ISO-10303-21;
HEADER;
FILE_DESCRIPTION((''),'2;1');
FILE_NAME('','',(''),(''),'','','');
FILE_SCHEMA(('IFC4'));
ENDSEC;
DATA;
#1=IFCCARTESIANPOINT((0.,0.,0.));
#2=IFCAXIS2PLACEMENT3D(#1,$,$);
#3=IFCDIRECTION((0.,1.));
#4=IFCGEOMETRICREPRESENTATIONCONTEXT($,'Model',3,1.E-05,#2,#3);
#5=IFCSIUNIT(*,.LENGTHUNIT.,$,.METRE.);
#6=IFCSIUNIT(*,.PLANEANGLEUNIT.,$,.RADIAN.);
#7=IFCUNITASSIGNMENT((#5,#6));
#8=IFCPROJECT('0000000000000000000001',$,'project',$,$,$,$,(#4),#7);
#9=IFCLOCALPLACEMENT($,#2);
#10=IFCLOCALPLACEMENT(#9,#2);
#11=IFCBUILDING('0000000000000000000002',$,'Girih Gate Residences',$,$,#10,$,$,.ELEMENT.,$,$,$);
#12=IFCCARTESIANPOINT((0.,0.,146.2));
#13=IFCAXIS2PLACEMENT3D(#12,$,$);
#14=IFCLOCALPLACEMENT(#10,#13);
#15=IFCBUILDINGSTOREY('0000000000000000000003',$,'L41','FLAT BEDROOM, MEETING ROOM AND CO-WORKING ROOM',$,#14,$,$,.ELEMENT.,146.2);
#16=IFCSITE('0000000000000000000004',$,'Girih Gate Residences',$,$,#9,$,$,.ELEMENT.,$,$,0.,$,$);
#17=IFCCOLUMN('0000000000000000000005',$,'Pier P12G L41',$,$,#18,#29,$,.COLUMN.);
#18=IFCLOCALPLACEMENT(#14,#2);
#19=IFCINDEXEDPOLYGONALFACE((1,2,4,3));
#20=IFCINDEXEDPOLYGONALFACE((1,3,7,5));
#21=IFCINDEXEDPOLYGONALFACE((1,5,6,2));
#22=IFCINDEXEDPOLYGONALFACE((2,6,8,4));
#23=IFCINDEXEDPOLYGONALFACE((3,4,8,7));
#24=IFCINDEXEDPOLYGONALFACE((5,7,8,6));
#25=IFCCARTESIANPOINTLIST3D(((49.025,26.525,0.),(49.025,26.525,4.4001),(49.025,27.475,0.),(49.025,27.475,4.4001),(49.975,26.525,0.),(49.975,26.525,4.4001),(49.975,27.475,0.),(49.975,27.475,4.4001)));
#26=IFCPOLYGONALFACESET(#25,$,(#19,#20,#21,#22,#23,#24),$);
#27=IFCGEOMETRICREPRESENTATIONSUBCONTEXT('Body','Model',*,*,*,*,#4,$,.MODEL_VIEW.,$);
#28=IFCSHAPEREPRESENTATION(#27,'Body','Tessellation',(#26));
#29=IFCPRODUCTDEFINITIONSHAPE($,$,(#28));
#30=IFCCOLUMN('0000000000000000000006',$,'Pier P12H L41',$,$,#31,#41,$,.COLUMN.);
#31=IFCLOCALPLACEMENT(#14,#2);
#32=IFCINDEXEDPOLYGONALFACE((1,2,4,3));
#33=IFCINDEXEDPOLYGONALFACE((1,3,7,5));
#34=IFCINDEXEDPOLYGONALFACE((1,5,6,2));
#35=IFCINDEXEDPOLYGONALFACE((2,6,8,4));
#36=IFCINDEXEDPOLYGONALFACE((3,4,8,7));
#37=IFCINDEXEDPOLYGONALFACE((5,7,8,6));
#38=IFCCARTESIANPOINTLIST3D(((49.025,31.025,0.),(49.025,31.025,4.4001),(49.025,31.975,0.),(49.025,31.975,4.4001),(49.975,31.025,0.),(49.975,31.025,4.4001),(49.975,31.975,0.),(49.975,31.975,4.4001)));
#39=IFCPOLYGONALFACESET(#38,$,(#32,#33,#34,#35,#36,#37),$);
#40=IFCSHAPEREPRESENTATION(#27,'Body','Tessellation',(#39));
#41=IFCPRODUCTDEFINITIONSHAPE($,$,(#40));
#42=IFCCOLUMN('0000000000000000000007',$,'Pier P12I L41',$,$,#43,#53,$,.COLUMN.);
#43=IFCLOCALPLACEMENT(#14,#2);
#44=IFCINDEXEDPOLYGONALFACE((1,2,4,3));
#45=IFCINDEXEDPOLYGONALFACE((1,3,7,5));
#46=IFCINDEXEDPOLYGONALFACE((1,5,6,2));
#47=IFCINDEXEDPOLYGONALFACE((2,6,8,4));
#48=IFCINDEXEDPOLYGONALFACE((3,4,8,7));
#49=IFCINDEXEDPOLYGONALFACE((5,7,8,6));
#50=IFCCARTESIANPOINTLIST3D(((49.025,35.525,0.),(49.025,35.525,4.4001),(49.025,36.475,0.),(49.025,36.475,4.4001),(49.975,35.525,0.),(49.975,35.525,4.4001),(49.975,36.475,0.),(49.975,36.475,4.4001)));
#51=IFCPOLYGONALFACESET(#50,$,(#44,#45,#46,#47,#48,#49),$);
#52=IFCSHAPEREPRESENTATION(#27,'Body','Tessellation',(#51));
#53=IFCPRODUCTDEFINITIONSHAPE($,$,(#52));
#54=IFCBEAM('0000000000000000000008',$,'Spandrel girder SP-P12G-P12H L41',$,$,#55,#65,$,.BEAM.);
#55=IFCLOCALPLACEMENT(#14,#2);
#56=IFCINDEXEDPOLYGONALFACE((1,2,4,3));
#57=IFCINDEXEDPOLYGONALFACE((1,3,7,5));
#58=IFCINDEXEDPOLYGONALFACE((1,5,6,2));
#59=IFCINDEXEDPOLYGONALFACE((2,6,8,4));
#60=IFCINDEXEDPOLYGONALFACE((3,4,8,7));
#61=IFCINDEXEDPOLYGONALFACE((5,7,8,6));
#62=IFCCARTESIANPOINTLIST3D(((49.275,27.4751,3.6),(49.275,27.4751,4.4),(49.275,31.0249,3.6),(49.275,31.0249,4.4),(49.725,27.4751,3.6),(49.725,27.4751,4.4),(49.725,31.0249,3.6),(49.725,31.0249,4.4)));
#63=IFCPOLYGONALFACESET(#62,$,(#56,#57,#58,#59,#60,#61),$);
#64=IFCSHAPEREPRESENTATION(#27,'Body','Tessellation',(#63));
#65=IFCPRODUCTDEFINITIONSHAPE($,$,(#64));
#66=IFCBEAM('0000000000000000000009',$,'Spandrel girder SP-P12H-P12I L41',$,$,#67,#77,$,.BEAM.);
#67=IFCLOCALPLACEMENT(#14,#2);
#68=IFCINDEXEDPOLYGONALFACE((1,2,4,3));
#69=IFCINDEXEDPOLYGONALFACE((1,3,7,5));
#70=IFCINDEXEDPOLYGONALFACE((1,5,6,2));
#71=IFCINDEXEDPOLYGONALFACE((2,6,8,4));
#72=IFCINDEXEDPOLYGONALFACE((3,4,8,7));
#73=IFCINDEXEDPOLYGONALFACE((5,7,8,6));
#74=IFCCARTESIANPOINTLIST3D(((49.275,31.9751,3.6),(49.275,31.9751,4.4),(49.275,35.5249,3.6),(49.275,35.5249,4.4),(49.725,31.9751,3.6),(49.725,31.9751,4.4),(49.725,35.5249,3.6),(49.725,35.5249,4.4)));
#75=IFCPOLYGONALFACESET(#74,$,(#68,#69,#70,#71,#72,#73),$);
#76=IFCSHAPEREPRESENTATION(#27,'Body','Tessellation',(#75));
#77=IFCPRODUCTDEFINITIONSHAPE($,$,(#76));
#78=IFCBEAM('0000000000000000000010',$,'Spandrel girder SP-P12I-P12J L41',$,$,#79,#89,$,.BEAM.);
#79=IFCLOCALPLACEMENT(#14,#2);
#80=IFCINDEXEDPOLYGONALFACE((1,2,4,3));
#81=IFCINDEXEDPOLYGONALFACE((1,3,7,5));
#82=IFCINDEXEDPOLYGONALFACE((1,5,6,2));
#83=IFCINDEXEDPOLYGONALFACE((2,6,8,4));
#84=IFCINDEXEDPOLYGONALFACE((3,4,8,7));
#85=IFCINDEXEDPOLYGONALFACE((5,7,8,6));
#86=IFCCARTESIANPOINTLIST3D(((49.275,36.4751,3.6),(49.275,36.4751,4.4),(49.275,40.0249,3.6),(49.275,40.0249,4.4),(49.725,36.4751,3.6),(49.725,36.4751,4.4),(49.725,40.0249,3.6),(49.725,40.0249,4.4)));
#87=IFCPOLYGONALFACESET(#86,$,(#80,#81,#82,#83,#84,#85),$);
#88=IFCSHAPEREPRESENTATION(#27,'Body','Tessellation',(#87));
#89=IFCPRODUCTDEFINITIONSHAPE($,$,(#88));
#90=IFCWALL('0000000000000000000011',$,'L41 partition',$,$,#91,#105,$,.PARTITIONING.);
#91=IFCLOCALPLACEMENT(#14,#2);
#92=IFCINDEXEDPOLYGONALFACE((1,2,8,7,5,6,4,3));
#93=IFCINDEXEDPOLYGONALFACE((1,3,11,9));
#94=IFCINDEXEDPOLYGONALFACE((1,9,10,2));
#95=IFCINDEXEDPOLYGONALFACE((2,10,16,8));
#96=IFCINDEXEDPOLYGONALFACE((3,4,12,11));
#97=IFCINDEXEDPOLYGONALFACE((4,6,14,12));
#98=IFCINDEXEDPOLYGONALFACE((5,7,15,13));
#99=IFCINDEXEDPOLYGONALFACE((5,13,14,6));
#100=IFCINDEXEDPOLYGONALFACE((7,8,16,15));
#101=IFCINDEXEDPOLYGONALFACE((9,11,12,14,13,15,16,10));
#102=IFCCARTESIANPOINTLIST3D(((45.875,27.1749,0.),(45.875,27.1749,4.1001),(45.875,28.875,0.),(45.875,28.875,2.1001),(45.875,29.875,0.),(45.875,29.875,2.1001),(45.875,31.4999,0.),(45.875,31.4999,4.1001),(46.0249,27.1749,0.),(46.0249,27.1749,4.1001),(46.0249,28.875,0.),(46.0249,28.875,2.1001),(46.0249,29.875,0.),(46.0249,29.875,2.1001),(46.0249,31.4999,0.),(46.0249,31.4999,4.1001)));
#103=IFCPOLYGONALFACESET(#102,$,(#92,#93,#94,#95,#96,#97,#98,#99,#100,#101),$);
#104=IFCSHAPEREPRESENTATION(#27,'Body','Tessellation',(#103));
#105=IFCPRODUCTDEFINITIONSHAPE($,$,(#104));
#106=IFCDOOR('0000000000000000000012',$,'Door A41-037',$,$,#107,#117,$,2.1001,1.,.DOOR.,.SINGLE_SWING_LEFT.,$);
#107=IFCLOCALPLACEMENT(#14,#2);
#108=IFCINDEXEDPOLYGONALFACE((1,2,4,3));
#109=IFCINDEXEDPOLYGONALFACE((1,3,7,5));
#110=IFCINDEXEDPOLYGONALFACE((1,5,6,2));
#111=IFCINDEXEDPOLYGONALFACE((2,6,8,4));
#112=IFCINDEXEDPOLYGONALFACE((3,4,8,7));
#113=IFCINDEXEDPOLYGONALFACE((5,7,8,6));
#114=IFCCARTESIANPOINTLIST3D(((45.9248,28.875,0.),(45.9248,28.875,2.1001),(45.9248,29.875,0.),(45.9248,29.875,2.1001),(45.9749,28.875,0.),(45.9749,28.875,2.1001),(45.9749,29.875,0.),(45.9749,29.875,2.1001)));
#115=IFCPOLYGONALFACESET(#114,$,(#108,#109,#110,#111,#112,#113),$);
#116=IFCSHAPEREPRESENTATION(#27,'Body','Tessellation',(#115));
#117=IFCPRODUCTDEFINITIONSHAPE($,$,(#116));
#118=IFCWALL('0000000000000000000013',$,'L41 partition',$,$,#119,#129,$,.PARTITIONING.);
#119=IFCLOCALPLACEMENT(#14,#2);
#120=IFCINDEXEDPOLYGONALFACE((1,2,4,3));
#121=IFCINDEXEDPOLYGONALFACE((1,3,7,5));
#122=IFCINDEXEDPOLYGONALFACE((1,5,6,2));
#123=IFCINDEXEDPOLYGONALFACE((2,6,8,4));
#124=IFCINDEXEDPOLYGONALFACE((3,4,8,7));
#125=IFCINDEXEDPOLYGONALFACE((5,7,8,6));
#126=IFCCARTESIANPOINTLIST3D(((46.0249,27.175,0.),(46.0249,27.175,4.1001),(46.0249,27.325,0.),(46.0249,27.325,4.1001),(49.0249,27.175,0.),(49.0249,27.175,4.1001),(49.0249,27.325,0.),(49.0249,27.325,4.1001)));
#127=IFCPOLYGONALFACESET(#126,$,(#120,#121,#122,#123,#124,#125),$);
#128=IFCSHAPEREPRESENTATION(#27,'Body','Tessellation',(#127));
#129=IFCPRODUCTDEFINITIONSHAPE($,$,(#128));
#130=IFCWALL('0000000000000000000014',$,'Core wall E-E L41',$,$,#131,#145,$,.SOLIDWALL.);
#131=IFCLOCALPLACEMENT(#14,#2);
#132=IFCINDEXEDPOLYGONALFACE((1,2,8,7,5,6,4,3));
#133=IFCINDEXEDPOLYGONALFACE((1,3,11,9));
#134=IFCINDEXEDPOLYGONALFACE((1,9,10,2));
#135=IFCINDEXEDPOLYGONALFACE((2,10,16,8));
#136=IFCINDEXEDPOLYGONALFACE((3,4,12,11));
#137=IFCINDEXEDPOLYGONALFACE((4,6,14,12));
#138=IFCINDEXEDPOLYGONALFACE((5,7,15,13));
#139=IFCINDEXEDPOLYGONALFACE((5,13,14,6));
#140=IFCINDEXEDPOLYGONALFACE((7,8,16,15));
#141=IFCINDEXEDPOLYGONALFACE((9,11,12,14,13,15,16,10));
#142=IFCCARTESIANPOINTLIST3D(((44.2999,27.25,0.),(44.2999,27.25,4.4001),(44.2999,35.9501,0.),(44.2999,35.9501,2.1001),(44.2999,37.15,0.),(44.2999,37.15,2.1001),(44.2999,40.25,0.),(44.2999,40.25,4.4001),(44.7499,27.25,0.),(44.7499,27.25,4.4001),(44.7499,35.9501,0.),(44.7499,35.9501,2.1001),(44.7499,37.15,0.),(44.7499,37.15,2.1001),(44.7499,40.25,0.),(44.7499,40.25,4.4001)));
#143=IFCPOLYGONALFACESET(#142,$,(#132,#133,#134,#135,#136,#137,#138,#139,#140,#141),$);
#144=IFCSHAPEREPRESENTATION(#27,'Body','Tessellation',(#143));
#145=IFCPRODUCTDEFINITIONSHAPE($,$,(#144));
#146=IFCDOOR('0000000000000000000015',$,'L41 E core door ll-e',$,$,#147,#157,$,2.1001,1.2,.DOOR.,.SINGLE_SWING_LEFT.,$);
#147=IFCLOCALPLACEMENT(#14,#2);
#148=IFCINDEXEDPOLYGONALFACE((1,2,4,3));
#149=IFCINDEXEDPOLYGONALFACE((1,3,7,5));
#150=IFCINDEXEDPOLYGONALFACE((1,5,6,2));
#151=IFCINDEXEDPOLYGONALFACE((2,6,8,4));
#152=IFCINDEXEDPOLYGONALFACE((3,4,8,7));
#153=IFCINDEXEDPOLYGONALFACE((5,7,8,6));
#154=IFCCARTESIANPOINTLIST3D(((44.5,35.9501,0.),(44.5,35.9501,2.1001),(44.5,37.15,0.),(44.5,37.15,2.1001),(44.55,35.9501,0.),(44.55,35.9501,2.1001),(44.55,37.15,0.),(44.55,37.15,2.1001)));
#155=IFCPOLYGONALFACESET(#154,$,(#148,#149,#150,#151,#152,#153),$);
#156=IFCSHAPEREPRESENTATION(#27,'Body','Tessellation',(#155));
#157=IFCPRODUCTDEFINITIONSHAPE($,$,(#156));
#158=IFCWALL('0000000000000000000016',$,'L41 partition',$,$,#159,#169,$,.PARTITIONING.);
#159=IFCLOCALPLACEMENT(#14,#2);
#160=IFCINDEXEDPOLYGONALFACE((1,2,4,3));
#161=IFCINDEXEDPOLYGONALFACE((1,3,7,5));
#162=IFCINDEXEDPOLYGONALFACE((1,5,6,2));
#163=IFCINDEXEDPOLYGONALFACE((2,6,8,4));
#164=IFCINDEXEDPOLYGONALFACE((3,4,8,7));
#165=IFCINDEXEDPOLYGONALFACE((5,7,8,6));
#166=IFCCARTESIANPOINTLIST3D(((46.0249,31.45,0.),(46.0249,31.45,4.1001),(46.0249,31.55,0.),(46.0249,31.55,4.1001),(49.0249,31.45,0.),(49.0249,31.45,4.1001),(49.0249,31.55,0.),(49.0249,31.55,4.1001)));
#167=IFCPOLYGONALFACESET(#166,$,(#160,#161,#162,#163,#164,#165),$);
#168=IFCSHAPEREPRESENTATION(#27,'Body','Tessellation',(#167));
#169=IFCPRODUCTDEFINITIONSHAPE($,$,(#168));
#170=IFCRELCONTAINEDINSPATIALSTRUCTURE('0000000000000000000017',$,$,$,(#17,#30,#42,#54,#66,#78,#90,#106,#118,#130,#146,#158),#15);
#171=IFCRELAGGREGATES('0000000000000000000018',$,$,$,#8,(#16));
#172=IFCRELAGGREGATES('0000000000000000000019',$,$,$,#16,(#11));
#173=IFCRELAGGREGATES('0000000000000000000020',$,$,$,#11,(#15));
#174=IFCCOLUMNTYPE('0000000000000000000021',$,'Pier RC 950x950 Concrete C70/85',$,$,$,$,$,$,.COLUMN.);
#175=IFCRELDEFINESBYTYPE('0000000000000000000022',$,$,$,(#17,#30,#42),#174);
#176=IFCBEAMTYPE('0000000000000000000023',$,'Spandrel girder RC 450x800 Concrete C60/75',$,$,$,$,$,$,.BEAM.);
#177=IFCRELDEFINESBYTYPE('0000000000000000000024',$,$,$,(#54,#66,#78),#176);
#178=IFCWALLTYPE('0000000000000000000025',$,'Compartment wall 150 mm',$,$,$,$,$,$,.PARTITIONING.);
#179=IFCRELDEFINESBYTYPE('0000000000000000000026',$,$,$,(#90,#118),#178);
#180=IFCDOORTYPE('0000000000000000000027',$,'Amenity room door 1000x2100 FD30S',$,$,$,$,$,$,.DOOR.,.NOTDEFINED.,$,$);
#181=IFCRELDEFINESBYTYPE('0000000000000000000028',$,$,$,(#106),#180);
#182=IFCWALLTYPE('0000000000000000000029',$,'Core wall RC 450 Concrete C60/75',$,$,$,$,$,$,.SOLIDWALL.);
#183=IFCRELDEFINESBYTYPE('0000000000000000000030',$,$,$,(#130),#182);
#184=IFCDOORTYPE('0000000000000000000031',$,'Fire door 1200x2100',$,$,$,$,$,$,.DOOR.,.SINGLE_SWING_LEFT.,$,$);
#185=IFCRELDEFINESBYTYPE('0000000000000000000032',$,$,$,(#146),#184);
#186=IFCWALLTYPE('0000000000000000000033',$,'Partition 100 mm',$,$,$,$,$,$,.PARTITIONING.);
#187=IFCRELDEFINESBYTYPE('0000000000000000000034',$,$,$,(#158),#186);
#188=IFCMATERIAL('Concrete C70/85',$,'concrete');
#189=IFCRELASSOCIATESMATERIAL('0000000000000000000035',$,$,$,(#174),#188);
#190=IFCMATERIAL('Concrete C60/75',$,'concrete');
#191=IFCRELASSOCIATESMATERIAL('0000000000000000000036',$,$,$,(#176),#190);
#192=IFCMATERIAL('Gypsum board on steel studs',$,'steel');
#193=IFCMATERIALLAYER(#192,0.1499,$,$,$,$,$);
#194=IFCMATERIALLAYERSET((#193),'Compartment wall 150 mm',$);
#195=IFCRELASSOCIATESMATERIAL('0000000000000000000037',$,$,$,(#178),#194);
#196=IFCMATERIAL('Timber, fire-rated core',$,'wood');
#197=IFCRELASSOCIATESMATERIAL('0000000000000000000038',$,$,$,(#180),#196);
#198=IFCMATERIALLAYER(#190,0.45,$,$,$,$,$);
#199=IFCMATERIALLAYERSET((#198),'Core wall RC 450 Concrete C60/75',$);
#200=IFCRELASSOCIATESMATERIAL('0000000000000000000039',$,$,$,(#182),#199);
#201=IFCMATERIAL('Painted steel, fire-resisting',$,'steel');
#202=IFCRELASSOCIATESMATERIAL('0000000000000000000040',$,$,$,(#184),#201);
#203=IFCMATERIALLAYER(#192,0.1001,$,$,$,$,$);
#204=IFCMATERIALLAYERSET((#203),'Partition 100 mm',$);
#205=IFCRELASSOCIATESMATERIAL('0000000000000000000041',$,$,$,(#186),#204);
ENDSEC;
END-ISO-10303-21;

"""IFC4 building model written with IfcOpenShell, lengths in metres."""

from ifc_helpers import new_model, si_unit, direction, frame, frame_2d, origin, origin_2d, place, context, subcontext, project, spatial, rectangle, extrude, material, layer, layer_set, material_profile, profile_set, type_object, element, fill, save


model = new_model("IFC4")

# Units and contexts
model_context = context("Model", 3, precision=1e-05, world=origin(), true_north=direction((0.0, 1.0)))
body_context = subcontext(model_context, "Body", "Model", "MODEL_VIEW")
ifc_project = project(units=[si_unit("LENGTHUNIT", "METRE"), si_unit("PLANEANGLEUNIT", "RADIAN")], contexts=[model_context])

# Site, building, storey
site_placement = place(None, origin())
site = spatial("IfcSite", under=ifc_project, at=site_placement, Name="Girih Gate Residences", CompositionType="ELEMENT", RefElevation=0.0)
building_placement = place(site_placement, origin())
building = spatial("IfcBuilding", under=site, at=building_placement, Name="Girih Gate Residences", CompositionType="ELEMENT")
storey_placement = place(building_placement, frame((0.0, 0.0, 146.2)))
storey = spatial("IfcBuildingStorey", under=building, at=storey_placement, Name="L41", Description="FLAT BEDROOM, MEETING ROOM AND CO-WORKING ROOM", CompositionType="ELEMENT", Elevation=146.2)

# Columns
ifc_material_1 = material(Name="Concrete C70/85", Category="concrete")
ifc_material_profile_1 = material_profile(ifc_material_1, rectangle(XDim=0.95, YDim=0.95, at=origin_2d()))
ifc_profile_set_1 = profile_set([ifc_material_profile_1], Name="Concrete C70/85")
column_type = type_object("IfcColumnType", Name="Pier RC 950x950 Concrete C70/85", PredefinedType="COLUMN", material=ifc_profile_set_1)
for number, where, z_axis, x_axis, name in (
    (1, (49.5, 27.0, 0.0), (0.0, 0.0, 1.0), (1.0, 0.0, 0.0), "Pier P12G L41"),
    (2, (49.5, 31.5, 0.0), (0.0, 0.0, 1.0), (1.0, 0.0, 0.0), "Pier P12H L41"),
    (3, (49.5, 36.0, 0.0), (0.0, 0.0, 1.0), (1.0, 0.0, 0.0), "Pier P12I L41"),
):
    element("IfcColumn", number, at=place(storey_placement, frame(where, z_axis=z_axis, x_axis=x_axis)), inside=storey, type_object=column_type, Name=name, PredefinedType="COLUMN", context=body_context, shape_type="SweptSolid", body=[
        extrude(rectangle(XDim=0.95, YDim=0.95, at=origin_2d()), origin(), (0.0, 0.0, 1.0), 4.4001),
    ])

# Beams
ifc_material_2 = material(Name="Concrete C60/75", Category="concrete")
ifc_material_profile_2 = material_profile(ifc_material_2, rectangle(XDim=0.45, YDim=0.8, at=origin_2d()))
ifc_profile_set_2 = profile_set([ifc_material_profile_2], Name="Concrete C60/75")
beam_type = type_object("IfcBeamType", Name="Spandrel girder RC 450x800 Concrete C60/75", PredefinedType="BEAM", material=ifc_profile_set_2)
for number, where, z_axis, x_axis, name in (
    (4, (49.5, 27.4751, 4.0), (0.0, 1.0, 0.0), (-1.0, 0.0, 0.0), "Spandrel girder SP-P12G-P12H L41"),
    (5, (49.5, 31.9751, 4.0), (0.0, 1.0, 0.0), (-1.0, 0.0, 0.0), "Spandrel girder SP-P12H-P12I L41"),
    (6, (49.5, 36.4751, 4.0), (0.0, 1.0, 0.0), (-1.0, 0.0, 0.0), "Spandrel girder SP-P12I-P12J L41"),
):
    element("IfcBeam", number, at=place(storey_placement, frame(where, z_axis=z_axis, x_axis=x_axis)), inside=storey, type_object=beam_type, Name=name, PredefinedType="BEAM", context=body_context, shape_type="SweptSolid", body=[
        extrude(rectangle(XDim=0.45, YDim=0.8, at=origin_2d()), origin(), (0.0, 0.0, 1.0), 3.5498),
    ])

# Wall, opening, door
ifc_material_3 = material(Name="Gypsum board on steel studs", Category="steel")
ifc_layer_1 = layer(ifc_material_3, 0.1499)
ifc_layer_set_1 = layer_set([ifc_layer_1], Name="Compartment wall 150 mm")
wall_type_1 = type_object("IfcWallType", Name="Compartment wall 150 mm", PredefinedType="PARTITIONING", material=ifc_layer_set_1)
wall_1_placement = place(storey_placement, frame((45.95, 31.5, 0.0), z_axis=(0.0, 0.0, 1.0), x_axis=(0.0, -1.0, 0.0)))
wall_1 = element("IfcWall", 7, at=wall_1_placement, inside=storey, type_object=wall_type_1, Name="L41 partition", PredefinedType="PARTITIONING", context=body_context, shape_type="SweptSolid", body=[
    extrude(rectangle(XDim=4.325, YDim=0.1499, at=frame_2d((2.1626, 0.0))), origin(), (0.0, 0.0, 1.0), 4.1001),
])
opening_1_placement = place(wall_1_placement, frame((1.625, 0.0, 0.0)))
opening_1 = element("IfcOpeningElement", 8, at=opening_1_placement, cuts=wall_1, PredefinedType="OPENING", context=body_context, shape_type="SweptSolid", body=[
    extrude(rectangle(XDim=1.0, YDim=2.1001, at=frame_2d((0.5, 1.05))), frame((0.0, 0.085, 0.0), z_axis=(0.0, -1.0, 0.0), x_axis=(1.0, 0.0, 0.0)), (0.0, 0.0, 1.0), 0.1699),
])
ifc_material_4 = material(Name="Timber, fire-rated core", Category="wood")
door_type_1 = type_object("IfcDoorType", Name="Amenity room door 1000x2100 FD30S", OperationType="NOTDEFINED", PredefinedType="DOOR", material=ifc_material_4)
door_1_placement = place(opening_1_placement, origin())
door_1 = element("IfcDoor", 9, at=door_1_placement, inside=storey, type_object=door_type_1, Name="Door A41-037", OperationType="SINGLE_SWING_LEFT", OverallHeight=2.1001, OverallWidth=1.0, PredefinedType="DOOR", context=body_context, shape_type="SweptSolid", body=[
    extrude(rectangle(XDim=1.0, YDim=2.1001, at=frame_2d((0.5, 1.05))), frame((0.0, 0.0249, 0.0), z_axis=(0.0, -1.0, 0.0), x_axis=(1.0, 0.0, 0.0)), (0.0, 0.0, 1.0), 0.05),
])
fill(opening_1, door_1)

# Wall
wall_2_placement = place(storey_placement, frame((46.0249, 27.25, 0.0), z_axis=(0.0, 0.0, 1.0), x_axis=(1.0, 0.0, 0.0)))
element("IfcWall", 10, at=wall_2_placement, inside=storey, type_object=wall_type_1, Name="L41 partition", PredefinedType="PARTITIONING", context=body_context, shape_type="SweptSolid", body=[
    extrude(rectangle(XDim=3.0, YDim=0.1499, at=frame_2d((1.5, 0.0))), origin(), (0.0, 0.0, 1.0), 4.1001),
])

# Wall, opening, door
ifc_layer_2 = layer(ifc_material_2, 0.45)
ifc_layer_set_2 = layer_set([ifc_layer_2], Name="Core wall RC 450 Concrete C60/75")
wall_type_2 = type_object("IfcWallType", Name="Core wall RC 450 Concrete C60/75", PredefinedType="SOLIDWALL", material=ifc_layer_set_2)
wall_3_placement = place(storey_placement, frame((44.5249, 27.25, 0.0), z_axis=(0.0, 0.0, 1.0), x_axis=(0.0, 1.0, 0.0)))
wall_3 = element("IfcWall", 11, at=wall_3_placement, inside=storey, type_object=wall_type_2, Name="Core wall E-E L41", PredefinedType="SOLIDWALL", context=body_context, shape_type="SweptSolid", body=[
    extrude(rectangle(XDim=13.0, YDim=0.45, at=frame_2d((6.5, 0.0))), origin(), (0.0, 0.0, 1.0), 4.4001),
])
opening_2_placement = place(wall_3_placement, frame((8.7, 0.0, 0.0)))
opening_2 = element("IfcOpeningElement", 12, at=opening_2_placement, cuts=wall_3, PredefinedType="OPENING", context=body_context, shape_type="SweptSolid", body=[
    extrude(rectangle(XDim=1.2, YDim=2.1001, at=frame_2d((0.6001, 1.05))), frame((0.0, 0.2349, 0.0), z_axis=(0.0, -1.0, 0.0), x_axis=(1.0, 0.0, 0.0)), (0.0, 0.0, 1.0), 0.47),
])
ifc_material_5 = material(Name="Painted steel, fire-resisting", Category="steel")
door_type_2 = type_object("IfcDoorType", Name="Fire door 1200x2100", OperationType="SINGLE_SWING_LEFT", PredefinedType="DOOR", material=ifc_material_5)
door_2_placement = place(opening_2_placement, origin())
door_2 = element("IfcDoor", 13, at=door_2_placement, inside=storey, type_object=door_type_2, Name="L41 E core door ll-e", OperationType="SINGLE_SWING_LEFT", OverallHeight=2.1001, OverallWidth=1.2, PredefinedType="DOOR", context=body_context, shape_type="SweptSolid", body=[
    extrude(rectangle(XDim=1.2, YDim=2.1001, at=frame_2d((0.6001, 1.05))), frame((0.0, 0.0249, 0.0), z_axis=(0.0, -1.0, 0.0), x_axis=(1.0, 0.0, 0.0)), (0.0, 0.0, 1.0), 0.05),
])
fill(opening_2, door_2)

# Wall
ifc_layer_3 = layer(ifc_material_3, 0.1001)
ifc_layer_set_3 = layer_set([ifc_layer_3], Name="Partition 100 mm")
wall_type_3 = type_object("IfcWallType", Name="Partition 100 mm", PredefinedType="PARTITIONING", material=ifc_layer_set_3)
wall_4_placement = place(storey_placement, frame((46.0249, 31.5, 0.0), z_axis=(0.0, 0.0, 1.0), x_axis=(1.0, 0.0, 0.0)))
element("IfcWall", 14, at=wall_4_placement, inside=storey, type_object=wall_type_3, Name="L41 partition", PredefinedType="PARTITIONING", context=body_context, shape_type="SweptSolid", body=[
    extrude(rectangle(XDim=3.0, YDim=0.1001, at=frame_2d((1.5, 0.0))), origin(), (0.0, 0.0, 1.0), 4.1001),
])

save(model, "model.ifc")
